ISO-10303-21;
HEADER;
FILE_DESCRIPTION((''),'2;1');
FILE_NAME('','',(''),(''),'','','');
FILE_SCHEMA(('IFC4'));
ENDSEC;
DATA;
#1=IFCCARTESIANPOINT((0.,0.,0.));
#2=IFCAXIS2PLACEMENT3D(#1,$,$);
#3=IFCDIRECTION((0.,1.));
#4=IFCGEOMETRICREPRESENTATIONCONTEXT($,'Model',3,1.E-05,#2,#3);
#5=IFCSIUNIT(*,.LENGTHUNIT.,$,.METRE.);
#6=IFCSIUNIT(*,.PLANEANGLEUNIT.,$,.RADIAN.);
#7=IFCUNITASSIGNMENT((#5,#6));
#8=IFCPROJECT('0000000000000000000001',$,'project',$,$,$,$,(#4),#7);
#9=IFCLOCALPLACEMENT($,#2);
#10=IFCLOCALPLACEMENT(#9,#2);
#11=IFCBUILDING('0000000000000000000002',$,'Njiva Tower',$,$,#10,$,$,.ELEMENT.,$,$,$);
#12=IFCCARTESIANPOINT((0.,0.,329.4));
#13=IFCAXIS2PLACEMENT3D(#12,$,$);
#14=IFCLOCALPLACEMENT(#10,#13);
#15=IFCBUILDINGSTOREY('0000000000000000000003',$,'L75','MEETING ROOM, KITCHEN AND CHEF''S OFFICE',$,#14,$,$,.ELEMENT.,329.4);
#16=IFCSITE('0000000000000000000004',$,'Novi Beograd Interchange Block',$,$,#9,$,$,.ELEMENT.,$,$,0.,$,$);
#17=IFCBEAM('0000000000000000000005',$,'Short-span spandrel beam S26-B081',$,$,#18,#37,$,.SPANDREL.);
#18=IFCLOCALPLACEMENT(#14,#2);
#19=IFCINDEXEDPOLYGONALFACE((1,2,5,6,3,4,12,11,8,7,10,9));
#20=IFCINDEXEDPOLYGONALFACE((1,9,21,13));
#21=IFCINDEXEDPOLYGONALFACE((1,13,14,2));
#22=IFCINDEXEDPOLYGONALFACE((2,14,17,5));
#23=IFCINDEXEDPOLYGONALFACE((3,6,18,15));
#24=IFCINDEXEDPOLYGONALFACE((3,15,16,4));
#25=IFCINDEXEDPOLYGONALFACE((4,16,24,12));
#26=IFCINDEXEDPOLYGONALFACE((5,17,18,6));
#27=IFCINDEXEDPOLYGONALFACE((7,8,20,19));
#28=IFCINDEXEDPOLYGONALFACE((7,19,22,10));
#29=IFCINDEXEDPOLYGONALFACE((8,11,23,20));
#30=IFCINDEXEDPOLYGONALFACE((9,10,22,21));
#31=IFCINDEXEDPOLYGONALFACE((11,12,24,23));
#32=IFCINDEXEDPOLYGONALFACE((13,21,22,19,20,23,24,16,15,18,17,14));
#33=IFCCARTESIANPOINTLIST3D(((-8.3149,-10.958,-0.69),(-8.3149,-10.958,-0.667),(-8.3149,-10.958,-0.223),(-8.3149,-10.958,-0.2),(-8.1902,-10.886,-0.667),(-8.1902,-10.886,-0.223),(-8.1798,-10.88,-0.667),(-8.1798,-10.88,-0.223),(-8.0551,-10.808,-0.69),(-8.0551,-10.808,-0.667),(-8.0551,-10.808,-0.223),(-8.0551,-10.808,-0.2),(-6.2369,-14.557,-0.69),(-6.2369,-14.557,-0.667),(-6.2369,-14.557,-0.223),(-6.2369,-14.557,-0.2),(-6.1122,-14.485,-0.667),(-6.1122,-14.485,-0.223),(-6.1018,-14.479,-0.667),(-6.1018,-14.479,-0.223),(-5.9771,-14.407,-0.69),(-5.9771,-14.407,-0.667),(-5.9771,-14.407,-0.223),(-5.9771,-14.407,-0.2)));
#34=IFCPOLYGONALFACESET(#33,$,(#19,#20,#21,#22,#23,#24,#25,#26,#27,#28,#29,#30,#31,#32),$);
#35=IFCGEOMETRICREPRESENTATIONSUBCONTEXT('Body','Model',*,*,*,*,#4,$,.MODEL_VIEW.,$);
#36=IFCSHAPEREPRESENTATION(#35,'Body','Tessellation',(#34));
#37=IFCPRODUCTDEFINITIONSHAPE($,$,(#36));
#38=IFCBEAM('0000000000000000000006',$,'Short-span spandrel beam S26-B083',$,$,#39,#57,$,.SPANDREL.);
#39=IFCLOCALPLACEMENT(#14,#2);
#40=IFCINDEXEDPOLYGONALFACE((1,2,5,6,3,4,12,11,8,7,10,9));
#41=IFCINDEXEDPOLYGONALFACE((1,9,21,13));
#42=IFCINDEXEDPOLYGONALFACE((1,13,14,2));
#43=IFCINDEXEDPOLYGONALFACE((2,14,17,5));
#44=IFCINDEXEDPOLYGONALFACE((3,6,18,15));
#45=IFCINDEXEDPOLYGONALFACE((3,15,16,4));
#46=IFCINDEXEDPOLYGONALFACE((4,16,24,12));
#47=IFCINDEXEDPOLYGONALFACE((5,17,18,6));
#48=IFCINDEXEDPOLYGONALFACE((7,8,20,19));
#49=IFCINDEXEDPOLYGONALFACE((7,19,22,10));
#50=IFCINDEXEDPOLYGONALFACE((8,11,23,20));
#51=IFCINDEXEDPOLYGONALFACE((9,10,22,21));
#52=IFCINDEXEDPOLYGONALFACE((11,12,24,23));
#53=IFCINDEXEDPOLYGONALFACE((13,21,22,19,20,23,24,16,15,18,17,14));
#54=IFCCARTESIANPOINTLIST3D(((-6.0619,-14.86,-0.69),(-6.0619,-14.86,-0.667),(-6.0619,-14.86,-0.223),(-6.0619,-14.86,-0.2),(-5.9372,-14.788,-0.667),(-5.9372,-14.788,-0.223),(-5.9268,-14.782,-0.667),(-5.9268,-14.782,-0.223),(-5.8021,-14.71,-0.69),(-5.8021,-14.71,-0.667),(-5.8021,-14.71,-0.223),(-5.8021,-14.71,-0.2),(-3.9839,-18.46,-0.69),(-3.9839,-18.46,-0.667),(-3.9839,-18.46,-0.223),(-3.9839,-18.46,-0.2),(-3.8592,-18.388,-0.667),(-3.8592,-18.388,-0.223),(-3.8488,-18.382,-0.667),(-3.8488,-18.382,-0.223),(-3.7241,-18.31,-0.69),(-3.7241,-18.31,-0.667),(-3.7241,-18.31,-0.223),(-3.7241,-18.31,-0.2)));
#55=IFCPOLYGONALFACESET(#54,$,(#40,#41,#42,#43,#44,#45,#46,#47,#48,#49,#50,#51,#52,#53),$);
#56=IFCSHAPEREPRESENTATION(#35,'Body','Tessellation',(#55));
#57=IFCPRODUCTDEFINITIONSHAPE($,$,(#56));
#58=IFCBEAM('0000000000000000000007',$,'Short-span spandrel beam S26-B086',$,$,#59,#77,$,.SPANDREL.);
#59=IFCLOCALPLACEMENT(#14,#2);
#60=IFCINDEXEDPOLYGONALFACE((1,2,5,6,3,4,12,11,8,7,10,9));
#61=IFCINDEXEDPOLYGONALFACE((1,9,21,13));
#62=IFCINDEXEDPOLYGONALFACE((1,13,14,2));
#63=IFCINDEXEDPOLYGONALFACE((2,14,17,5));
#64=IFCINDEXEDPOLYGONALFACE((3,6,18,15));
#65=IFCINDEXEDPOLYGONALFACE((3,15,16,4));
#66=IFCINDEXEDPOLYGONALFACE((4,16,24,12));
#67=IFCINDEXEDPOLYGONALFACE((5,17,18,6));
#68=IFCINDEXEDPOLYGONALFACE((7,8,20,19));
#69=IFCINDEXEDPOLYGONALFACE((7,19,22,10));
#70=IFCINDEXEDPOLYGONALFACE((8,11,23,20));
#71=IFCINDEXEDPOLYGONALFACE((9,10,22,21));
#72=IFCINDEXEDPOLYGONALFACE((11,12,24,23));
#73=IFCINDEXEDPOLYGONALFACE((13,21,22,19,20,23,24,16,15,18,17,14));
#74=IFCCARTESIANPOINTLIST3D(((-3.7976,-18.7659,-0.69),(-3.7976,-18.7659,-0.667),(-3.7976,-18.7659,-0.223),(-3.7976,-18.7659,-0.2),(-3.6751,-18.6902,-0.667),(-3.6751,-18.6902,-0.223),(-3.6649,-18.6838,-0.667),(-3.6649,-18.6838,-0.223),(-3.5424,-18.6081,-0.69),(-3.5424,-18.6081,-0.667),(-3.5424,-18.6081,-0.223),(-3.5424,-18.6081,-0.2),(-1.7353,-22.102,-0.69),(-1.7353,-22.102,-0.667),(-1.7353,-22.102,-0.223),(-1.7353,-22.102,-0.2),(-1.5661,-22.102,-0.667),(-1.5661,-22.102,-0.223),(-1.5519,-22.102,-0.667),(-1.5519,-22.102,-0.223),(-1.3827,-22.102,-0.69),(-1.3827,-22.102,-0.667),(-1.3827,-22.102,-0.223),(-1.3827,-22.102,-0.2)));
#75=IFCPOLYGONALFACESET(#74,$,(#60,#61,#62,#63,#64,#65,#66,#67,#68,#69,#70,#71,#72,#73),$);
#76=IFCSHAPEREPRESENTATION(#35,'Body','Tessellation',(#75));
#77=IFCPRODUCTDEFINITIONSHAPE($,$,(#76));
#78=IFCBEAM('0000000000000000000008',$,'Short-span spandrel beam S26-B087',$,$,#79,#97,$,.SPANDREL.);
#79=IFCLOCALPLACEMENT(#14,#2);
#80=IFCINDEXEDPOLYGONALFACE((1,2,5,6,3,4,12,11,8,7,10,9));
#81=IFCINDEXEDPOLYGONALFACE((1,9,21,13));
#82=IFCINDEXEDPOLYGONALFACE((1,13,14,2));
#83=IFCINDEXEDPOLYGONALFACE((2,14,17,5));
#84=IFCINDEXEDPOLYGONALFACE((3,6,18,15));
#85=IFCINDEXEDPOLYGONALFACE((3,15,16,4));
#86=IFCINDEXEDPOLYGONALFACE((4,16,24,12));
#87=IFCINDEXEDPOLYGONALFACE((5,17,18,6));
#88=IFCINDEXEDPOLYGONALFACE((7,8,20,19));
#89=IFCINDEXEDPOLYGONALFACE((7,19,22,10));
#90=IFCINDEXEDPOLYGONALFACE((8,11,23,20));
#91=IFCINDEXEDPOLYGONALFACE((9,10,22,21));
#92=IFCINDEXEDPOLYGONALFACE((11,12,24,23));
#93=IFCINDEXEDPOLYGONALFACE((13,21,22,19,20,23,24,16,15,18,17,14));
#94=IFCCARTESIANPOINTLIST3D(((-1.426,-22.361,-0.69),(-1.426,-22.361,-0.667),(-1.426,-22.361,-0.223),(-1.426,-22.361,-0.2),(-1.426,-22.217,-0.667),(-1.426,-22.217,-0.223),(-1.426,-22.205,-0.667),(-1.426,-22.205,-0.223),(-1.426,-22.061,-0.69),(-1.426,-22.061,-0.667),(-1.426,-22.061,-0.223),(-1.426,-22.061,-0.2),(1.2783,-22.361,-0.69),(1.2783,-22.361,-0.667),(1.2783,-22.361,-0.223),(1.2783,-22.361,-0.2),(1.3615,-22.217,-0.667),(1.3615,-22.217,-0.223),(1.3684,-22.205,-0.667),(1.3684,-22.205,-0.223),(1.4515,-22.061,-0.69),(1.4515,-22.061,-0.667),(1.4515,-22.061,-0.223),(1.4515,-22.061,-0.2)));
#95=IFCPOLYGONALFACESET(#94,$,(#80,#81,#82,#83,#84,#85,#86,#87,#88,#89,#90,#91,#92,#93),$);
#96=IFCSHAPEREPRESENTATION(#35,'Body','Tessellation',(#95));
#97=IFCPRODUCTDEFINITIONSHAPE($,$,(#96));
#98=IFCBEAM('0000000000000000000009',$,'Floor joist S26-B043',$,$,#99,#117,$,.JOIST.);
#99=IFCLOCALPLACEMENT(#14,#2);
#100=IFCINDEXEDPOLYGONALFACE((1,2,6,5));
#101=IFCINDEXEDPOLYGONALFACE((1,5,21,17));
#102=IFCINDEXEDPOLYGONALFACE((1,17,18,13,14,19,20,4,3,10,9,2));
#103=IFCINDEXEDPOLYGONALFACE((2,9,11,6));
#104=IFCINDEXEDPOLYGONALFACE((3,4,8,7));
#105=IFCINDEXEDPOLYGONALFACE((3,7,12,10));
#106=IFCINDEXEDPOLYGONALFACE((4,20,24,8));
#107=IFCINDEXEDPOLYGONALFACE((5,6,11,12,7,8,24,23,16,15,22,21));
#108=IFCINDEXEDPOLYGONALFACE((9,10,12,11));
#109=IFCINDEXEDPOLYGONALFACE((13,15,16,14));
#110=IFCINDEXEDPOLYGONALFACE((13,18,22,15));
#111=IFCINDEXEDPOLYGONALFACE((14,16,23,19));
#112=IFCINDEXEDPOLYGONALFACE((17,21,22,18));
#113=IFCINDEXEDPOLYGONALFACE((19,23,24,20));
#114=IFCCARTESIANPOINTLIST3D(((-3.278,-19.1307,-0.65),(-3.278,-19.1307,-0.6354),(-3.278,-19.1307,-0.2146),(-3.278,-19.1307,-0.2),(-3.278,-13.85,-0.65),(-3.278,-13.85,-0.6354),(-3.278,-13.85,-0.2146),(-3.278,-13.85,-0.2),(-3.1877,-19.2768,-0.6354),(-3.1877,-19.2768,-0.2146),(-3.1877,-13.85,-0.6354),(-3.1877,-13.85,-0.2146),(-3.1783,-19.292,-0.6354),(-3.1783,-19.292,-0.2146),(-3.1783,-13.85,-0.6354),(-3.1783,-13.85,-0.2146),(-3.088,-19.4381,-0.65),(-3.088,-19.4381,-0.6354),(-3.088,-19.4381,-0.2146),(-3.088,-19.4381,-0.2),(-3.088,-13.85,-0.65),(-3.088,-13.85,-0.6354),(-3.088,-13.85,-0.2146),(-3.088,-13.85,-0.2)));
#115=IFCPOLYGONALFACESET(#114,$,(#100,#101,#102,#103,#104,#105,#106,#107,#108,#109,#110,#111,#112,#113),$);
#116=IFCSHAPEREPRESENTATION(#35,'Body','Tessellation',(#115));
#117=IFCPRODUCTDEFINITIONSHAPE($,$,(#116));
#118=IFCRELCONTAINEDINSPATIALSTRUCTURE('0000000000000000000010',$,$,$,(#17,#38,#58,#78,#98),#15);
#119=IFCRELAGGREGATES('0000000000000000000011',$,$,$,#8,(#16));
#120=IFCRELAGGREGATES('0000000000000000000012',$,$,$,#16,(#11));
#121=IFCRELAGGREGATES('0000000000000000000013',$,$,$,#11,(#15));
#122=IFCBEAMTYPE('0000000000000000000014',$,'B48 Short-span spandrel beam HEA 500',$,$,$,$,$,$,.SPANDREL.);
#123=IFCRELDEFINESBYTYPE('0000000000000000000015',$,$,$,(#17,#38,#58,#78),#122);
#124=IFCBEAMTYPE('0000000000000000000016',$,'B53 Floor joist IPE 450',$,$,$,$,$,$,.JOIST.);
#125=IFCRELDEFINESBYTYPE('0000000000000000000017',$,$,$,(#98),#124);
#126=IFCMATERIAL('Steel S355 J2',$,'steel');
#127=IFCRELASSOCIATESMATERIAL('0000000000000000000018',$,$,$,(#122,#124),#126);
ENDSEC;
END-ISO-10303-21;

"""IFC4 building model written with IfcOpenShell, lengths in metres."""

from ifc_helpers import new_model, si_unit, direction, frame, origin, origin_2d, place, context, subcontext, project, spatial, i_section, extrude, clip, halfspace, material, material_profile, profile_set, type_object, element, save


model = new_model("IFC4")

# Units and contexts
model_context = context("Model", 3, precision=1e-05, world=origin(), true_north=direction((0.0, 1.0)))
body_context = subcontext(model_context, "Body", "Model", "MODEL_VIEW")
ifc_project = project(units=[si_unit("LENGTHUNIT", "METRE"), si_unit("PLANEANGLEUNIT", "RADIAN")], contexts=[model_context])

# Site, building, storey
site_placement = place(None, origin())
site = spatial("IfcSite", under=ifc_project, at=site_placement, Name="Novi Beograd Interchange Block", CompositionType="ELEMENT", RefElevation=0.0)
building_placement = place(site_placement, origin())
building = spatial("IfcBuilding", under=site, at=building_placement, Name="Njiva Tower", CompositionType="ELEMENT")
storey_placement = place(building_placement, frame((0.0, 0.0, 329.4)))
storey = spatial("IfcBuildingStorey", under=building, at=storey_placement, Name="L75", Description="MEETING ROOM, KITCHEN AND CHEF'S OFFICE", CompositionType="ELEMENT", Elevation=329.4)

# Shared definitions
ifc_material_1 = material(Name="Steel S355 J2", Category="steel")

# Beams
ifc_material_profile_1 = material_profile(ifc_material_1, i_section(OverallWidth=0.3, OverallDepth=0.49, WebThickness=0.012, FlangeThickness=0.023, at=origin_2d()), Name="HEA 500")
ifc_profile_set_1 = profile_set([ifc_material_profile_1], Name="Steel S355 J2")
beam_type_1 = type_object("IfcBeamType", Name="B48 Short-span spandrel beam HEA 500", PredefinedType="SPANDREL", material=ifc_profile_set_1)
beam_1_placement = place(storey_placement, frame((-8.185, -10.883, -0.445), z_axis=(0.500021, -0.866013, 0.0), x_axis=(0.866013, 0.500021, 0.0)))
element("IfcBeam", 1, at=beam_1_placement, inside=storey, type_object=beam_type_1, Name="Short-span spandrel beam S26-B081", PredefinedType="SPANDREL", context=body_context, shape_type="SweptSolid", body=[
    extrude(i_section(OverallWidth=0.3, OverallDepth=0.49, WebThickness=0.012, FlangeThickness=0.023, at=origin_2d()), origin(), (0.0, 0.0, 1.0), 4.1558),
])
beam_2_placement = place(storey_placement, frame((-5.932, -14.785, -0.445), z_axis=(0.499917, -0.866073, 0.0), x_axis=(0.866073, 0.499917, 0.0)))
element("IfcBeam", 2, at=beam_2_placement, inside=storey, type_object=beam_type_1, Name="Short-span spandrel beam S26-B083", PredefinedType="SPANDREL", context=body_context, shape_type="SweptSolid", body=[
    extrude(i_section(OverallWidth=0.3, OverallDepth=0.49, WebThickness=0.012, FlangeThickness=0.023, at=origin_2d()), origin(), (0.0, 0.0, 1.0), 4.1567),
])
beam_3_placement = place(storey_placement, frame((-3.67, -18.687, -0.445), z_axis=(0.525806, -0.850605, 0.0), x_axis=(0.850605, 0.525806, 0.0)))
element("IfcBeam", 3, at=beam_3_placement, inside=storey, type_object=beam_type_1, Name="Short-span spandrel beam S26-B086", PredefinedType="SPANDREL", context=body_context, shape_type="Clipping", body=[
    clip(extrude(i_section(OverallWidth=0.3, OverallDepth=0.49, WebThickness=0.012, FlangeThickness=0.023, at=origin_2d()), origin(), (0.0, 0.0, 1.0), 4.1278), halfspace(frame((-0.0262, 0.0, 3.9986), z_axis=(-0.525806, 0.0, 0.850605), x_axis=(0.0, 1.0, 0.0)), False)),
])
beam_4_placement = place(storey_placement, frame((-1.426, -22.211, -0.445), z_axis=(1.0, 0.0, 0.0), x_axis=(0.0, 1.0, 0.0)))
element("IfcBeam", 4, at=beam_4_placement, inside=storey, type_object=beam_type_1, Name="Short-span spandrel beam S26-B087", PredefinedType="SPANDREL", context=body_context, shape_type="Clipping", body=[
    clip(extrude(i_section(OverallWidth=0.3, OverallDepth=0.49, WebThickness=0.012, FlangeThickness=0.023, at=origin_2d()), origin(), (0.0, 0.0, 1.0), 2.898), halfspace(frame((-0.0255, 0.0, 2.7762), z_axis=(-0.499998, 0.0, 0.866027), x_axis=(0.0, 1.0, 0.0)), False)),
])
ifc_material_profile_2 = material_profile(ifc_material_1, i_section(OverallWidth=0.19, OverallDepth=0.45, WebThickness=0.0094, FlangeThickness=0.0146, at=origin_2d()), Name="IPE 450")
ifc_profile_set_2 = profile_set([ifc_material_profile_2], Name="Steel S355 J2")
beam_type_2 = type_object("IfcBeamType", Name="B53 Floor joist IPE 450", PredefinedType="JOIST", material=ifc_profile_set_2)
beam_5_placement = place(storey_placement, frame((-3.183, -13.85, -0.425), z_axis=(0.0, -1.0, 0.0), x_axis=(1.0, 0.0, 0.0)))
element("IfcBeam", 5, at=beam_5_placement, inside=storey, type_object=beam_type_2, Name="Floor joist S26-B043", PredefinedType="JOIST", context=body_context, shape_type="Clipping", body=[
    clip(extrude(i_section(OverallWidth=0.19, OverallDepth=0.45, WebThickness=0.0094, FlangeThickness=0.0146, at=origin_2d()), origin(), (0.0, 0.0, 1.0), 5.608), halfspace(frame((-0.0429, 0.0, 5.365), z_axis=(-0.850616, 0.0, 0.525788), x_axis=(0.0, 1.0, 0.0)), False)),
])

save(model, "model.ifc")
